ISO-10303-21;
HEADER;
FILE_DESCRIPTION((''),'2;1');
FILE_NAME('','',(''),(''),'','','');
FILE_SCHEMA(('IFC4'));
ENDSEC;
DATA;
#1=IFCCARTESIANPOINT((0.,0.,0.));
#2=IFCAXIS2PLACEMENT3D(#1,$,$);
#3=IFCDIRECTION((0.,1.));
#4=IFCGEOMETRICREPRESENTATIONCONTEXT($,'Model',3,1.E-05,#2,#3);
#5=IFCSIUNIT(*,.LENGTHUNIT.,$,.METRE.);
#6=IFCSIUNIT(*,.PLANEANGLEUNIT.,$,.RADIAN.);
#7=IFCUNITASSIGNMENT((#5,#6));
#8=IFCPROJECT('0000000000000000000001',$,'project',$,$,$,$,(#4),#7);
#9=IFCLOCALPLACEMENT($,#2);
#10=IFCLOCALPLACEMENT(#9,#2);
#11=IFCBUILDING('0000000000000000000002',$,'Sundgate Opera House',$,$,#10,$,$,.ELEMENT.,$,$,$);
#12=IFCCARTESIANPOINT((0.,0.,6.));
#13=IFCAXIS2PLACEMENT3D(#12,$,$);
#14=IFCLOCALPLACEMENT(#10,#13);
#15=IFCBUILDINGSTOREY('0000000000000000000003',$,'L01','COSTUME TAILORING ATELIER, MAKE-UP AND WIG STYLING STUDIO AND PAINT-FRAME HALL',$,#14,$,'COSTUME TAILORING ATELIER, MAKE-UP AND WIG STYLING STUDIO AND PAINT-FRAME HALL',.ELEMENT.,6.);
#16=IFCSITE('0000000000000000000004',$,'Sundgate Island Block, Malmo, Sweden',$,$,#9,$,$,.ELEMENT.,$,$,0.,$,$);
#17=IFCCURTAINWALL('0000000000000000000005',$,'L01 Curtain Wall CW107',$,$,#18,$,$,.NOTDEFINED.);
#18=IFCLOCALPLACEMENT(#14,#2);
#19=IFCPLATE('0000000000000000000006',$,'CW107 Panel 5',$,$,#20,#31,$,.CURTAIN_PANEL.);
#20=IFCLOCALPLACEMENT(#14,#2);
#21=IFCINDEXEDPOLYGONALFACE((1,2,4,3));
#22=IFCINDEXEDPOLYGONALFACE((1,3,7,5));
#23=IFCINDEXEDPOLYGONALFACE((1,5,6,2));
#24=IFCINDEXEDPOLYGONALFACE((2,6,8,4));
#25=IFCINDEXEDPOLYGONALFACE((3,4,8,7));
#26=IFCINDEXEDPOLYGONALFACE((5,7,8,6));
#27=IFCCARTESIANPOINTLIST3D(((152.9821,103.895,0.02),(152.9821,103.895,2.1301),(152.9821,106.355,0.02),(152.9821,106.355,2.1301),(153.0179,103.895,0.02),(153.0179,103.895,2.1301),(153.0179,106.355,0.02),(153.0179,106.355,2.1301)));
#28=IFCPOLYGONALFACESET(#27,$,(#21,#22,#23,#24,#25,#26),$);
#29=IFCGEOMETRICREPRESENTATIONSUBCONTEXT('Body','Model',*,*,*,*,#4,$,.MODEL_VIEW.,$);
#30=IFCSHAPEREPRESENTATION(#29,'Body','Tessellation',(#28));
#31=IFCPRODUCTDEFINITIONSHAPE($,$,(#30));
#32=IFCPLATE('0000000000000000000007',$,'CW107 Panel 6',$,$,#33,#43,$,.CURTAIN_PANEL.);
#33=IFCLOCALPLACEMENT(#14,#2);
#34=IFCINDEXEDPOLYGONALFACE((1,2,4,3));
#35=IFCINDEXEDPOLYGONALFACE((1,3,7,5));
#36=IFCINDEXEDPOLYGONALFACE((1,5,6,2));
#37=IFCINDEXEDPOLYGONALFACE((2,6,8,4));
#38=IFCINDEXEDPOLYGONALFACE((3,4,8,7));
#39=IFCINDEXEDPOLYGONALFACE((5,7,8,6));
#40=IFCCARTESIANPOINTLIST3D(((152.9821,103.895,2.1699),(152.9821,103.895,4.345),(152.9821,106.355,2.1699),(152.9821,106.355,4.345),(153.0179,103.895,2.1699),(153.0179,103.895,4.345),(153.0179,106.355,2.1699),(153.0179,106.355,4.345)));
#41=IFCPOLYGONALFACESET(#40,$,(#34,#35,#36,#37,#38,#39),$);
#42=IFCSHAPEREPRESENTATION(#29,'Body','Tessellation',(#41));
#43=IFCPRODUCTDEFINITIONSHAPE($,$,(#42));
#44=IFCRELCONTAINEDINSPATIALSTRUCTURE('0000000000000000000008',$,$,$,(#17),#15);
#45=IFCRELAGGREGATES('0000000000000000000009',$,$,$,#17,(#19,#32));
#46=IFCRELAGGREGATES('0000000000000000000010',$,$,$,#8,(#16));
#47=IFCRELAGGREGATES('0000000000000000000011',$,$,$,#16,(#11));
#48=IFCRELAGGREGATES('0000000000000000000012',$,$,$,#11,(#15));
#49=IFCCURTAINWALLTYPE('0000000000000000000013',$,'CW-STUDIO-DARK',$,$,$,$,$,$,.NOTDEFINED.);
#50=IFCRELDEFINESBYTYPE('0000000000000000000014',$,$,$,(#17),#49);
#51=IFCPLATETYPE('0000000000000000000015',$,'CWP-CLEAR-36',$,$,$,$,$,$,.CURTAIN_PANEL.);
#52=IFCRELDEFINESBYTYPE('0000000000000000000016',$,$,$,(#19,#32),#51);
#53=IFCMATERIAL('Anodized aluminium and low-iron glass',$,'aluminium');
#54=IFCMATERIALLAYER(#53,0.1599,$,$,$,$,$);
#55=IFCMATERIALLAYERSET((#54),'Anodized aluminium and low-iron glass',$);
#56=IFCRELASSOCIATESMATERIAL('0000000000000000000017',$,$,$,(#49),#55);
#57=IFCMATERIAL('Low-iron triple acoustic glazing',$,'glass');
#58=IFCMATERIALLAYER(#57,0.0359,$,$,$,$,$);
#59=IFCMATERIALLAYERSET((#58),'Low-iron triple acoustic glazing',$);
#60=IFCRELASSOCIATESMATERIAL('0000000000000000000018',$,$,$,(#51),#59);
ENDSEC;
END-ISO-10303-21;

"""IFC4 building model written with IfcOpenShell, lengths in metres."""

from ifc_helpers import new_model, si_unit, direction, frame, origin, origin_2d, place, context, subcontext, project, spatial, rectangle, extrude, material, layer, layer_set, type_object, element, aggregate, save


model = new_model("IFC4")

# Units and contexts
model_context = context("Model", 3, precision=1e-05, world=origin(), true_north=direction((0.0, 1.0)))
body_context = subcontext(model_context, "Body", "Model", "MODEL_VIEW")
ifc_project = project(units=[si_unit("LENGTHUNIT", "METRE"), si_unit("PLANEANGLEUNIT", "RADIAN")], contexts=[model_context])

# Site, building, storey
site_placement = place(None, origin())
site = spatial("IfcSite", under=ifc_project, at=site_placement, Name="Sundgate Island Block, Malmo, Sweden", CompositionType="ELEMENT", RefElevation=0.0)
building_placement = place(site_placement, origin())
building = spatial("IfcBuilding", under=site, at=building_placement, Name="Sundgate Opera House", CompositionType="ELEMENT")
storey_placement = place(building_placement, frame((0.0, 0.0, 6.0)))
storey = spatial("IfcBuildingStorey", under=building, at=storey_placement, Name="L01", Description="COSTUME TAILORING ATELIER, MAKE-UP AND WIG STYLING STUDIO AND PAINT-FRAME HALL", LongName="COSTUME TAILORING ATELIER, MAKE-UP AND WIG STYLING STUDIO AND PAINT-FRAME HALL", CompositionType="ELEMENT", Elevation=6.0)

# Shared definitions
ifc_material_1 = material(Name="Anodized aluminium and low-iron glass", Category="aluminium")
ifc_layer_1 = layer(ifc_material_1, 0.1599)
ifc_layer_set_1 = layer_set([ifc_layer_1], Name="Anodized aluminium and low-iron glass")
curtain_wall_type = type_object("IfcCurtainWallType", Name="CW-STUDIO-DARK", PredefinedType="NOTDEFINED", material=ifc_layer_set_1)

# Curtain wall
curtain_wall_1_placement = place(storey_placement, origin())
curtain_wall_1 = element("IfcCurtainWall", 1, at=curtain_wall_1_placement, inside=storey, type_object=curtain_wall_type, Name="L01 Curtain Wall CW107", PredefinedType="NOTDEFINED")

# Plates
ifc_material_2 = material(Name="Low-iron triple acoustic glazing", Category="glass")
ifc_layer_2 = layer(ifc_material_2, 0.0359)
ifc_layer_set_2 = layer_set([ifc_layer_2], Name="Low-iron triple acoustic glazing")
plate_type = type_object("IfcPlateType", Name="CWP-CLEAR-36", PredefinedType="CURTAIN_PANEL", material=ifc_layer_set_2)
plate_1_placement = place(storey_placement, frame((153.0, 105.125, 0.02), z_axis=(0.0, 0.0, 1.0), x_axis=(0.0, -1.0, 0.0)))
plate_1 = element("IfcPlate", 2, at=plate_1_placement, type_object=plate_type, Name="CW107 Panel 5", PredefinedType="CURTAIN_PANEL", context=body_context, shape_type="SweptSolid", body=[
    extrude(rectangle(XDim=2.46, YDim=0.0359, at=origin_2d()), origin(), (0.0, 0.0, 1.0), 2.1101),
])
plate_2_placement = place(storey_placement, frame((153.0, 105.125, 2.1699), z_axis=(0.0, 0.0, 1.0), x_axis=(0.0, -1.0, 0.0)))
plate_2 = element("IfcPlate", 3, at=plate_2_placement, type_object=plate_type, Name="CW107 Panel 6", PredefinedType="CURTAIN_PANEL", context=body_context, shape_type="SweptSolid", body=[
    extrude(rectangle(XDim=2.46, YDim=0.0359, at=origin_2d()), origin(), (0.0, 0.0, 1.0), 2.175),
])
aggregate(curtain_wall_1, [plate_1, plate_2])

save(model, "model.ifc")
